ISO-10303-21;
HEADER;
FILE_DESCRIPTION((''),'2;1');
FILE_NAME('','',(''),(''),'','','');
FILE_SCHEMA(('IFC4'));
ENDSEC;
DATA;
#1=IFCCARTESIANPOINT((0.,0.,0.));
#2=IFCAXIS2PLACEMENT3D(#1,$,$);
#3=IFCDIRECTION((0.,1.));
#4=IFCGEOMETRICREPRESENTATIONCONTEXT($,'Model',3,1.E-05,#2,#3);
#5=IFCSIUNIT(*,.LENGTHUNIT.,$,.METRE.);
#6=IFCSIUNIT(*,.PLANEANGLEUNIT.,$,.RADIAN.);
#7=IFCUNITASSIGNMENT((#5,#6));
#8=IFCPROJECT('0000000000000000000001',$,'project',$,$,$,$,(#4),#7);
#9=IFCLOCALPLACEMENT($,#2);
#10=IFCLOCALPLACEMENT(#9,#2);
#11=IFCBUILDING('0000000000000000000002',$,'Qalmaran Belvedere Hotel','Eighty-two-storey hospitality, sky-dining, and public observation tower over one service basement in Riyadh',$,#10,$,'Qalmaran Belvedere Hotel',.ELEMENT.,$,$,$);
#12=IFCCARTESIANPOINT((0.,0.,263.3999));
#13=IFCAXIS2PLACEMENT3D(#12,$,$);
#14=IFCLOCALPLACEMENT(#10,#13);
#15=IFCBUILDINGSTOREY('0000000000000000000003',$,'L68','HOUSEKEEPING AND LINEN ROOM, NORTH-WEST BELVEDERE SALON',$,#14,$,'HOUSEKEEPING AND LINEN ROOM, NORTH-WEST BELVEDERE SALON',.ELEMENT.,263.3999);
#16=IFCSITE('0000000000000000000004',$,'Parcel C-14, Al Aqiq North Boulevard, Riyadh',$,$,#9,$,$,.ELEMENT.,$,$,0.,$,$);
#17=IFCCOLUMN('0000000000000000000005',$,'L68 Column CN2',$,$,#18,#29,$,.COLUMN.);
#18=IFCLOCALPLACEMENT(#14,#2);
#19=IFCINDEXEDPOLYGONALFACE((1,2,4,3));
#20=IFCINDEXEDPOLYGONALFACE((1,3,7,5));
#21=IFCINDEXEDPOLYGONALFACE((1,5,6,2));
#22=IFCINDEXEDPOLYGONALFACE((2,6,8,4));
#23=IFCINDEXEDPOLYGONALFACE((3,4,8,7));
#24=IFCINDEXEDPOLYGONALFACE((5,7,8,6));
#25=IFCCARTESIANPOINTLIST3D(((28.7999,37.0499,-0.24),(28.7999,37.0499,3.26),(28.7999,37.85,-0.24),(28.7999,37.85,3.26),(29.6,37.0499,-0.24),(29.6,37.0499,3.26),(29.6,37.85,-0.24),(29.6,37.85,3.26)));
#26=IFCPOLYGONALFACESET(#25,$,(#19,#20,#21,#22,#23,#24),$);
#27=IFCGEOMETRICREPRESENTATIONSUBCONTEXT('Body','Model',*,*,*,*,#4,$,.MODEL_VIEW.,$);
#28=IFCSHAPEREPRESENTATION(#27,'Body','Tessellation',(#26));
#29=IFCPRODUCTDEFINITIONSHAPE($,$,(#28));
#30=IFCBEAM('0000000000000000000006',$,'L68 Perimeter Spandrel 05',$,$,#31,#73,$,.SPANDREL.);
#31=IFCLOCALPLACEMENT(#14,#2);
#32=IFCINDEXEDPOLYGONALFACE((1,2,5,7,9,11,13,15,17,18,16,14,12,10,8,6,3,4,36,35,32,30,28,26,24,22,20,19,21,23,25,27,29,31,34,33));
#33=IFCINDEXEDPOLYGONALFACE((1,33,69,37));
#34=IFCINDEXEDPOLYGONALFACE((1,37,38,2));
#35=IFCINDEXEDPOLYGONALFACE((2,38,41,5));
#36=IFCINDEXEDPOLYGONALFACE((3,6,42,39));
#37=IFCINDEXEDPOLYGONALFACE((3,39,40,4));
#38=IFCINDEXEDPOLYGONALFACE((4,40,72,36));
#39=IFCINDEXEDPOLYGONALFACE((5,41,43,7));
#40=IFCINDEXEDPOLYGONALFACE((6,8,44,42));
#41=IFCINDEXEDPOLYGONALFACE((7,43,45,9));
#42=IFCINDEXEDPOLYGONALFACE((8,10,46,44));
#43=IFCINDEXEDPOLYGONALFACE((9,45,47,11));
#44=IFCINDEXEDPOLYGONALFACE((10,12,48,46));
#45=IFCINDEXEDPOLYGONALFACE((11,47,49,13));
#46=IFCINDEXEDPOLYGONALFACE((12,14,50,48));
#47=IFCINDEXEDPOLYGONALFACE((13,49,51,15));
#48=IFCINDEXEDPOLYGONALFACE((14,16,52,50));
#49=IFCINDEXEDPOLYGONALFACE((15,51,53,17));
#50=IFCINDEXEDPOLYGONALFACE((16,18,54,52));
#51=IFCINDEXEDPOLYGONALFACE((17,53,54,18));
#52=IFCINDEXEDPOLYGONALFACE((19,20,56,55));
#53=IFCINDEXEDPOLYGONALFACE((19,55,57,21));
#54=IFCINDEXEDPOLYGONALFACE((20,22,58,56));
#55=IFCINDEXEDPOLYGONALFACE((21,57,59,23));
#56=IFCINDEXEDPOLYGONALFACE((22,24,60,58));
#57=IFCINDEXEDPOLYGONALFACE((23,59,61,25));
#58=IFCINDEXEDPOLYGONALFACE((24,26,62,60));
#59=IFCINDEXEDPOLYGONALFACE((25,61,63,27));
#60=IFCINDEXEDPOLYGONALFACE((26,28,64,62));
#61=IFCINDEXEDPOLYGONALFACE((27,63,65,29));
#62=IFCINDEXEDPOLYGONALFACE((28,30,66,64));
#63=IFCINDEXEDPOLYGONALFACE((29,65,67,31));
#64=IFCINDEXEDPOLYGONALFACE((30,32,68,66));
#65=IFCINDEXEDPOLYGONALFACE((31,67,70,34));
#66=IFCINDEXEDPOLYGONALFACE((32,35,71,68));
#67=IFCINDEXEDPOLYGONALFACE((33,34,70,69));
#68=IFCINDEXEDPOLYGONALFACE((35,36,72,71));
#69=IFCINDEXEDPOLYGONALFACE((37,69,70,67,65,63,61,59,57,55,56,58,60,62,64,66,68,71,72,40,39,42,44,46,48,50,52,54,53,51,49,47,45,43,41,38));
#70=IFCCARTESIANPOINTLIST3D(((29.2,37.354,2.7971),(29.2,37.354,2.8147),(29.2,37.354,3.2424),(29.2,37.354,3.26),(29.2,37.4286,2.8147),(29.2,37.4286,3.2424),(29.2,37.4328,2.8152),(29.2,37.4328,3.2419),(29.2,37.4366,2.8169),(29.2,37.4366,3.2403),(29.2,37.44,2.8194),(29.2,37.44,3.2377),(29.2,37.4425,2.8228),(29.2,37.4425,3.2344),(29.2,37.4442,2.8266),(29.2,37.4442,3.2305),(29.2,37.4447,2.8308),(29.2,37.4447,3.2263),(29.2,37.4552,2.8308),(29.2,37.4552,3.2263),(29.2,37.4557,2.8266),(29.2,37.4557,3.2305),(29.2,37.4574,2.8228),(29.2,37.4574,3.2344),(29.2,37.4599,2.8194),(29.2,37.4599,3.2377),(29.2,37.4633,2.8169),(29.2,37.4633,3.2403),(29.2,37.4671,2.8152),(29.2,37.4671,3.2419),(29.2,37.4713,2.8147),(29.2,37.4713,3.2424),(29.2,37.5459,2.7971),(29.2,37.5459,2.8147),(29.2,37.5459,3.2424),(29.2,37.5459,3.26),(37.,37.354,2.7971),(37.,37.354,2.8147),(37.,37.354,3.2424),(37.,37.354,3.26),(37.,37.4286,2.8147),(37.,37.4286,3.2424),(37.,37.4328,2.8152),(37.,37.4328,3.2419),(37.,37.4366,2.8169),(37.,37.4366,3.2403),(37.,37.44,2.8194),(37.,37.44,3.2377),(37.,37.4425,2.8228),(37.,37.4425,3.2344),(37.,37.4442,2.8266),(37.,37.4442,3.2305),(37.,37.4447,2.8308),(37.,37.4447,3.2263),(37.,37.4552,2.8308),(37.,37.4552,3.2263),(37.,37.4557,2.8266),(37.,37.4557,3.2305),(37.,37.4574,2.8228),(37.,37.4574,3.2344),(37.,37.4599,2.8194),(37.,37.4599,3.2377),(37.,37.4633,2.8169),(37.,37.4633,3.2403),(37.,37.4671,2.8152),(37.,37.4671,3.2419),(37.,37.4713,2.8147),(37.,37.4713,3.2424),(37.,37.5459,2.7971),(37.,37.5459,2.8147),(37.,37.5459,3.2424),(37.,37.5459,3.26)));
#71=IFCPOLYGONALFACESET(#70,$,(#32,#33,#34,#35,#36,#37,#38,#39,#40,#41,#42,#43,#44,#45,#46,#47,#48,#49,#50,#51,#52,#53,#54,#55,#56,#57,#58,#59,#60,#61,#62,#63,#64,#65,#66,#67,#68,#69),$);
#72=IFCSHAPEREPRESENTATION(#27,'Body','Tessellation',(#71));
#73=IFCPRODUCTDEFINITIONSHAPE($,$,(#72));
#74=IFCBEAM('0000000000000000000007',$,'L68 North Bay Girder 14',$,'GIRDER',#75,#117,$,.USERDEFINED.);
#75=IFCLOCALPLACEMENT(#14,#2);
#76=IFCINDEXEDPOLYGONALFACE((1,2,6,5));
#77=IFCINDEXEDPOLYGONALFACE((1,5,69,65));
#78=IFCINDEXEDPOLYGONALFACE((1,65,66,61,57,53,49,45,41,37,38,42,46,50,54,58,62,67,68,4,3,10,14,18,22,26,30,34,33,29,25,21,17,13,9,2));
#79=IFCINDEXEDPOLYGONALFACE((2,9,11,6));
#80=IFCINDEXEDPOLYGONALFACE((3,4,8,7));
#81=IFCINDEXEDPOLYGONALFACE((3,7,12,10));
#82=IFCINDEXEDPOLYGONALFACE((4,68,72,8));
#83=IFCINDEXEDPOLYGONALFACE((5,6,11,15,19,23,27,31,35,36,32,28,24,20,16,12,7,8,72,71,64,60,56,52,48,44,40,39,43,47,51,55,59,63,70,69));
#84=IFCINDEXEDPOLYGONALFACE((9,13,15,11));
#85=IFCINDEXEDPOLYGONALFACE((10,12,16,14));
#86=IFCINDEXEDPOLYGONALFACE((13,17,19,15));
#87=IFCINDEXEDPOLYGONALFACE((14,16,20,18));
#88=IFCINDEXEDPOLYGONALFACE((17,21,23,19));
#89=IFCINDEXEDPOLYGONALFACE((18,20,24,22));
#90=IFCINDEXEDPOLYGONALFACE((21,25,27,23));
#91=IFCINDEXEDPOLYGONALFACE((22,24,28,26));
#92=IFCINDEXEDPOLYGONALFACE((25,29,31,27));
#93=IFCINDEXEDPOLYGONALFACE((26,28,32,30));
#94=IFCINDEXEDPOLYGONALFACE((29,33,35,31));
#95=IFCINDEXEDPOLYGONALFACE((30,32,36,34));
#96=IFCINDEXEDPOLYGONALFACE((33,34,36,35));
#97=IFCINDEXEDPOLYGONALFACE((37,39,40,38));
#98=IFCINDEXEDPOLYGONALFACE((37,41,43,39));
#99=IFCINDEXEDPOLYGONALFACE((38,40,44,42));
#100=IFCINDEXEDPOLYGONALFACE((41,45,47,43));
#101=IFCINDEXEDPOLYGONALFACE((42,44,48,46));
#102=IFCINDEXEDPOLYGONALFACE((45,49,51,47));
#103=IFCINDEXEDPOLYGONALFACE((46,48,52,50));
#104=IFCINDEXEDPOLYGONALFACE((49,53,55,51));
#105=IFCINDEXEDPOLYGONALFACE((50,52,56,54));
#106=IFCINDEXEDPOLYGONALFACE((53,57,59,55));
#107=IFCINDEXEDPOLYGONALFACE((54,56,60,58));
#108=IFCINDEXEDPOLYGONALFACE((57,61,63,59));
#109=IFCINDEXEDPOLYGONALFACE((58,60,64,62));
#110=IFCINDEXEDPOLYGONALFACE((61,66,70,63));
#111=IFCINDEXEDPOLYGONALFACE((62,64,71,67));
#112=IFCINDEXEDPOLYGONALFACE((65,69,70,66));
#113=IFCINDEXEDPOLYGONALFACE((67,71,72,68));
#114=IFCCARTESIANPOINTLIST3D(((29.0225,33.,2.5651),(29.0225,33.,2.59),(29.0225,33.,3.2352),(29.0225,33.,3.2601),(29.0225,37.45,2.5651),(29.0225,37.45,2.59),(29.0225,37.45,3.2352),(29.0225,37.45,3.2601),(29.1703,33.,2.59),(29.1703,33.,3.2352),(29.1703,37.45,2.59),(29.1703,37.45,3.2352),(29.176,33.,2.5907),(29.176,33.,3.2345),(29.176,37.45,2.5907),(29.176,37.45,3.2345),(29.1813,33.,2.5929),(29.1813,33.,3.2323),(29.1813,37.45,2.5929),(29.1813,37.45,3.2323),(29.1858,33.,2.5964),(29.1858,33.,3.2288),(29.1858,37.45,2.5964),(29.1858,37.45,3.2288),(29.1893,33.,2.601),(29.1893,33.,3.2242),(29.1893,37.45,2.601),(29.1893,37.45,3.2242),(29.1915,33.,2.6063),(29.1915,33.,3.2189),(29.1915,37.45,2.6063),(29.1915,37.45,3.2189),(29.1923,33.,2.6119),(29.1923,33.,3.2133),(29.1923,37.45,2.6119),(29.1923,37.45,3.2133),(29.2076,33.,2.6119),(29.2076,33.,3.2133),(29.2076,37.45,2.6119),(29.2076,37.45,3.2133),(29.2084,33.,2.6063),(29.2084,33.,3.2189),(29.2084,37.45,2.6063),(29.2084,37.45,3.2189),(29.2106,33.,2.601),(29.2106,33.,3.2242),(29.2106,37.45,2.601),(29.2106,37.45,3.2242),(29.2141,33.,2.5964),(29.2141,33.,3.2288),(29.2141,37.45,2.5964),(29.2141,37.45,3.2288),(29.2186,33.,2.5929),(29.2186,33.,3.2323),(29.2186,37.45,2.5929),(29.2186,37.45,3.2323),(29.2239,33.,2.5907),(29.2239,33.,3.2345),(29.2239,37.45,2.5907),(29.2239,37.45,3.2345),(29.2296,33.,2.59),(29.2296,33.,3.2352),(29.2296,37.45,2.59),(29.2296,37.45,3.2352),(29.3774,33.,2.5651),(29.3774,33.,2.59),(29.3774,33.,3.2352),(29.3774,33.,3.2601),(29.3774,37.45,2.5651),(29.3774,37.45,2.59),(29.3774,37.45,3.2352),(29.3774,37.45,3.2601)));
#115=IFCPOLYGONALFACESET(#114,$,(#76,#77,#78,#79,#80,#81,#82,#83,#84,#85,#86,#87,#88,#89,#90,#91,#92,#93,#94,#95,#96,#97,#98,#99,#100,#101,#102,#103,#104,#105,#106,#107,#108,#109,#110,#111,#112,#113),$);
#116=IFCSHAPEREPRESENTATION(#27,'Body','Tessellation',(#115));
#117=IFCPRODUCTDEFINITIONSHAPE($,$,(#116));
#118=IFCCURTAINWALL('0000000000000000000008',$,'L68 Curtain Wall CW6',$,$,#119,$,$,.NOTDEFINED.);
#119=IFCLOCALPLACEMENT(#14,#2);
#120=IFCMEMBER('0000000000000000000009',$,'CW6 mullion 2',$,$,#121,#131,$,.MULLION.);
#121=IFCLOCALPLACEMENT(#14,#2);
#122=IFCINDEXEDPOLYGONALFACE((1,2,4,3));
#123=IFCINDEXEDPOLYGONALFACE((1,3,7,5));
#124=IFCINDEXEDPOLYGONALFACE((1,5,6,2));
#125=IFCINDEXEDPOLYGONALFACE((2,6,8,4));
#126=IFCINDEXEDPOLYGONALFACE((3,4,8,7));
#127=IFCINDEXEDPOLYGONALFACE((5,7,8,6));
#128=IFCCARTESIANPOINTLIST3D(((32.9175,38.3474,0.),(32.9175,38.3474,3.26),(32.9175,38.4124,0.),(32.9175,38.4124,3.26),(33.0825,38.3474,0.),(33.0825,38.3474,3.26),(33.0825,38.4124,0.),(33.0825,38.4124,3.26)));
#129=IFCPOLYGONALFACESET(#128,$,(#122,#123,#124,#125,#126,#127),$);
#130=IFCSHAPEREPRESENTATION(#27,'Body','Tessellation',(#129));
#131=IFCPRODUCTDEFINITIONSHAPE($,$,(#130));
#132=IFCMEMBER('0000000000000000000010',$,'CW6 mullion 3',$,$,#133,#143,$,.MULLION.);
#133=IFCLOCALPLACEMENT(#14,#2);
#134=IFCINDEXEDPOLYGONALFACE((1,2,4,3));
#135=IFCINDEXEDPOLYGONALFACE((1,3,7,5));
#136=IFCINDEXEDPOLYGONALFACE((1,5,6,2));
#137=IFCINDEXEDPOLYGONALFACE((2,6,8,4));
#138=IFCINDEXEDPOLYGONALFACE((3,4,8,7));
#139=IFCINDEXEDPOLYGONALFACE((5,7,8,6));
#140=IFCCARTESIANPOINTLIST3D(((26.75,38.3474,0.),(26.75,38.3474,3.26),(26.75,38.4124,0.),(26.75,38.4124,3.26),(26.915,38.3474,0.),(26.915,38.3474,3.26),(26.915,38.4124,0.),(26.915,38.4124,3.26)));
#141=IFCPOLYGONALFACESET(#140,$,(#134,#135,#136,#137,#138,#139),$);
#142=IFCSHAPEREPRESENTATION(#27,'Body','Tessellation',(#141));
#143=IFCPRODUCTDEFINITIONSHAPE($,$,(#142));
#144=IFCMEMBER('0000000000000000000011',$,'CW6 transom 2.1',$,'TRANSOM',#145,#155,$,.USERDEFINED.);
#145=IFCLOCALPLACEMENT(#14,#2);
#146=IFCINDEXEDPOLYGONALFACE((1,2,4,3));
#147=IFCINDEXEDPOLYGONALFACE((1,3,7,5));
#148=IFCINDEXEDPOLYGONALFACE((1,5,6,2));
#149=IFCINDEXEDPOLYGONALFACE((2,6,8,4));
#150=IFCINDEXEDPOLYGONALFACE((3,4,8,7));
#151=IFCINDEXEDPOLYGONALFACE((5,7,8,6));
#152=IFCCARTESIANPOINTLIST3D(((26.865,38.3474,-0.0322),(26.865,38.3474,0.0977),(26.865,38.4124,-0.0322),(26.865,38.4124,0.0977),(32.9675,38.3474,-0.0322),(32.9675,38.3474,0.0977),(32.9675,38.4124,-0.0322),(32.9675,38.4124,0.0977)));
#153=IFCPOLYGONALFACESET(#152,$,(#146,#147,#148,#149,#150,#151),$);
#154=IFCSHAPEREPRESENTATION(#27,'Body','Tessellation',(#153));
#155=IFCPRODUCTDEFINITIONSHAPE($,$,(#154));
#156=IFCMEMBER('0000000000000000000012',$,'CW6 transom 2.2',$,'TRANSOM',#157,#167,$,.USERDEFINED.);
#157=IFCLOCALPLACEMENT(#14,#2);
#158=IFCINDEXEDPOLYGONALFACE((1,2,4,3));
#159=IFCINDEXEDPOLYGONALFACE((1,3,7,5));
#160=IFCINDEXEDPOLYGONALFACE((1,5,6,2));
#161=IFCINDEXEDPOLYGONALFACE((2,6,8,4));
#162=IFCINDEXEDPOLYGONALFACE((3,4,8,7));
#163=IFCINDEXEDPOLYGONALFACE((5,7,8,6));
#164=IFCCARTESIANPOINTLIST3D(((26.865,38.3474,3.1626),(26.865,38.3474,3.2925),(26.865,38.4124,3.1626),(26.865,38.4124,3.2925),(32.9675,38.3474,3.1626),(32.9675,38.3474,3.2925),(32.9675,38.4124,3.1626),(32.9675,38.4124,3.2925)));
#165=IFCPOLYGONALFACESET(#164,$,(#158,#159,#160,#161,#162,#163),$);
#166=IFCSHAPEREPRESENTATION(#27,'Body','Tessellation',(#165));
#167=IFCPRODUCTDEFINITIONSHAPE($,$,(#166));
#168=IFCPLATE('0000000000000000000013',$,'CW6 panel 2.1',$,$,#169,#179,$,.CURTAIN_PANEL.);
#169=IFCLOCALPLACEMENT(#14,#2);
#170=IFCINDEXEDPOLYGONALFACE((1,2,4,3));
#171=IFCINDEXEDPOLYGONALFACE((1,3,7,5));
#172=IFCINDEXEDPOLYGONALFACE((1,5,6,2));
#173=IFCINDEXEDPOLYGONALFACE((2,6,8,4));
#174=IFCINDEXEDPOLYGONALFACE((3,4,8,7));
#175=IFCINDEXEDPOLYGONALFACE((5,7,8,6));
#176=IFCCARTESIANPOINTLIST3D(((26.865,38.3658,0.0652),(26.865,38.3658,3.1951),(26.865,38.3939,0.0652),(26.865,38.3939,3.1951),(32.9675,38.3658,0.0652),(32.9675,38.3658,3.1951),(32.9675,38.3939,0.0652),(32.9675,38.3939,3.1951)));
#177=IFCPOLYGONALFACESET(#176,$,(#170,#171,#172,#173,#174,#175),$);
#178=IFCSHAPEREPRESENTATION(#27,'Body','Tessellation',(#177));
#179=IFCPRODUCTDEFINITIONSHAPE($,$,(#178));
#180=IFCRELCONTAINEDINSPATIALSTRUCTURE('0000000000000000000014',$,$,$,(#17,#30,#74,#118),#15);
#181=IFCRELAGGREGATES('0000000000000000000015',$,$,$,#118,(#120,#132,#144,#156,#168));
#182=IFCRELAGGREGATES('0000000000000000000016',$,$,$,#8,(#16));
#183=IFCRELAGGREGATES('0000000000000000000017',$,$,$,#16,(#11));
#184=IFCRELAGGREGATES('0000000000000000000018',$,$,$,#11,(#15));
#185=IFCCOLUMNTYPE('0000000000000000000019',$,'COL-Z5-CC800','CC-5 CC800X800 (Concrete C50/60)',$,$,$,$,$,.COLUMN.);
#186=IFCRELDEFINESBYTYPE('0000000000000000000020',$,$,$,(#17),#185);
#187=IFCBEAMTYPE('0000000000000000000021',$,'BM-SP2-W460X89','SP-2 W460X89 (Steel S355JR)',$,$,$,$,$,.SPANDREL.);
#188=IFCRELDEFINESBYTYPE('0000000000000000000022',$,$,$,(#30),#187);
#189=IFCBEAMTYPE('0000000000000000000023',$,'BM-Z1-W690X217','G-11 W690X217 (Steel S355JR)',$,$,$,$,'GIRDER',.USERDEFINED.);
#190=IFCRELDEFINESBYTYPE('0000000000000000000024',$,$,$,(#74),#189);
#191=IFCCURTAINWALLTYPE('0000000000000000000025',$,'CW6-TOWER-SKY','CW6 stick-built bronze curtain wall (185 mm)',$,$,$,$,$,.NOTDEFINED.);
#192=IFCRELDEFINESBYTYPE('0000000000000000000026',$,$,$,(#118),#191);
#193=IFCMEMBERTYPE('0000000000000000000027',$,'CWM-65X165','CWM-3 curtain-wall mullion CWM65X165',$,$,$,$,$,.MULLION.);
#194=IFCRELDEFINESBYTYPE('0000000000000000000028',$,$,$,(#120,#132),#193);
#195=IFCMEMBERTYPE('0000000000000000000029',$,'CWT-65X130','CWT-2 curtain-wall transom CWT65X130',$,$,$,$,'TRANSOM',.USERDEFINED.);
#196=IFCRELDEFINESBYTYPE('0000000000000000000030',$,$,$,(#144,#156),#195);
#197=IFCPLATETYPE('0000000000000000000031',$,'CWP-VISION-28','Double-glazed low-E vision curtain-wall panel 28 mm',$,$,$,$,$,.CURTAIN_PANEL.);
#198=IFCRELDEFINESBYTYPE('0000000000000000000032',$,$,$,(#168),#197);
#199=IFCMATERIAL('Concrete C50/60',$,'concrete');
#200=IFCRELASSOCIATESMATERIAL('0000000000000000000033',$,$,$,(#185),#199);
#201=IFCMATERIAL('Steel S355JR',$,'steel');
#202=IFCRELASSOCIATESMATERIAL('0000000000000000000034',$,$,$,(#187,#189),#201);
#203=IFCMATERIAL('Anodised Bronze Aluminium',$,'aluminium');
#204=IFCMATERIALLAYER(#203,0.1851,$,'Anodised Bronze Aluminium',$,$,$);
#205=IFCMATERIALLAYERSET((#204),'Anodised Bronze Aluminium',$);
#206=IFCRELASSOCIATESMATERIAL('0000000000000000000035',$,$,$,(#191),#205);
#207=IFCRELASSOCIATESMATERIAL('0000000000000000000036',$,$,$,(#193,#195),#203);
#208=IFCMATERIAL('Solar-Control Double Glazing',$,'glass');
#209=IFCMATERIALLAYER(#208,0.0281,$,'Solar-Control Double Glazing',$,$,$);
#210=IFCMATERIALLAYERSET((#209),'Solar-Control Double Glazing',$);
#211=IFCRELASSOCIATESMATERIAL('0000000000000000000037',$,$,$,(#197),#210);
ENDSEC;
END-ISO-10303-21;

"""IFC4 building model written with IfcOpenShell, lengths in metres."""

from ifc_helpers import new_model, si_unit, direction, frame, origin, origin_2d, place, context, subcontext, project, spatial, rectangle, i_section, extrude, material, layer, layer_set, material_profile, profile_set, type_object, element, aggregate, save


model = new_model("IFC4")

# Units and contexts
model_context = context("Model", 3, precision=1e-05, world=origin(), true_north=direction((0.0, 1.0)))
body_context = subcontext(model_context, "Body", "Model", "MODEL_VIEW")
ifc_project = project(units=[si_unit("LENGTHUNIT", "METRE"), si_unit("PLANEANGLEUNIT", "RADIAN")], contexts=[model_context])

# Site, building, storey
site_placement = place(None, origin())
site = spatial("IfcSite", under=ifc_project, at=site_placement, Name="Parcel C-14, Al Aqiq North Boulevard, Riyadh", CompositionType="ELEMENT", RefElevation=0.0)
building_placement = place(site_placement, origin())
building = spatial("IfcBuilding", under=site, at=building_placement, Name="Qalmaran Belvedere Hotel", Description="Eighty-two-storey hospitality, sky-dining, and public observation tower over one service basement in Riyadh", LongName="Qalmaran Belvedere Hotel", CompositionType="ELEMENT")
storey_placement = place(building_placement, frame((0.0, 0.0, 263.3999)))
storey = spatial("IfcBuildingStorey", under=building, at=storey_placement, Name="L68", Description="HOUSEKEEPING AND LINEN ROOM, NORTH-WEST BELVEDERE SALON", LongName="HOUSEKEEPING AND LINEN ROOM, NORTH-WEST BELVEDERE SALON", CompositionType="ELEMENT", Elevation=263.3999)

# Column
ifc_material_1 = material(Name="Concrete C50/60", Category="concrete")
ifc_material_profile_1 = material_profile(ifc_material_1, rectangle(XDim=0.8, YDim=0.8, at=origin_2d()), Name="CC800X800")
ifc_profile_set_1 = profile_set([ifc_material_profile_1], Name="Concrete C50/60")
column_type = type_object("IfcColumnType", Name="COL-Z5-CC800", Description="CC-5 CC800X800 (Concrete C50/60)", PredefinedType="COLUMN", material=ifc_profile_set_1)
column_placement = place(storey_placement, frame((29.2, 37.45, -0.24), z_axis=(0.0, 0.0, 1.0), x_axis=(1.0, 0.0, 0.0)))
element("IfcColumn", 1, at=column_placement, inside=storey, type_object=column_type, Name="L68 Column CN2", PredefinedType="COLUMN", context=body_context, shape_type="SweptSolid", body=[
    extrude(rectangle(XDim=0.8, YDim=0.8, at=origin_2d()), origin(), (0.0, 0.0, 1.0), 3.5),
])

# Beams
ifc_material_2 = material(Name="Steel S355JR", Category="steel")
ifc_material_profile_2 = material_profile(ifc_material_2, i_section(OverallWidth=0.1919, OverallDepth=0.4629, WebThickness=0.0105, FlangeThickness=0.0176, FilletRadius=0.0161, at=origin_2d()), Name="W460X89")
ifc_profile_set_2 = profile_set([ifc_material_profile_2], Name="Steel S355JR")
beam_type_1 = type_object("IfcBeamType", Name="BM-SP2-W460X89", Description="SP-2 W460X89 (Steel S355JR)", PredefinedType="SPANDREL", material=ifc_profile_set_2)
beam_1_placement = place(storey_placement, frame((29.2, 37.45, 3.0286), z_axis=(1.0, 0.0, 0.0), x_axis=(0.0, 1.0, 0.0)))
element("IfcBeam", 2, at=beam_1_placement, inside=storey, type_object=beam_type_1, Name="L68 Perimeter Spandrel 05", PredefinedType="SPANDREL", context=body_context, shape_type="SweptSolid", body=[
    extrude(i_section(OverallWidth=0.1919, OverallDepth=0.4629, WebThickness=0.0105, FlangeThickness=0.0176, FilletRadius=0.0161, at=origin_2d()), origin(), (0.0, 0.0, 1.0), 7.8),
])
ifc_material_profile_3 = material_profile(ifc_material_2, i_section(OverallWidth=0.355, OverallDepth=0.6951, WebThickness=0.0154, FlangeThickness=0.0249, FilletRadius=0.022, at=origin_2d()), Name="W690X217")
ifc_profile_set_3 = profile_set([ifc_material_profile_3], Name="Steel S355JR")
beam_type_2 = type_object("IfcBeamType", Name="BM-Z1-W690X217", Description="G-11 W690X217 (Steel S355JR)", ElementType="GIRDER", PredefinedType="USERDEFINED", material=ifc_profile_set_3)
beam_2_placement = place(storey_placement, frame((29.2, 33.0, 2.9126), z_axis=(0.0, 1.0, 0.0), x_axis=(-1.0, 0.0, 0.0)))
element("IfcBeam", 3, at=beam_2_placement, inside=storey, type_object=beam_type_2, Name="L68 North Bay Girder 14", ObjectType="GIRDER", PredefinedType="USERDEFINED", context=body_context, shape_type="SweptSolid", body=[
    extrude(i_section(OverallWidth=0.355, OverallDepth=0.6951, WebThickness=0.0154, FlangeThickness=0.0249, FilletRadius=0.022, at=origin_2d()), origin(), (0.0, 0.0, 1.0), 4.45),
])

# Curtain wall, members, plate
ifc_material_3 = material(Name="Anodised Bronze Aluminium", Category="aluminium")
ifc_layer_1 = layer(ifc_material_3, 0.1851, Name="Anodised Bronze Aluminium")
ifc_layer_set_1 = layer_set([ifc_layer_1], Name="Anodised Bronze Aluminium")
curtain_wall_type = type_object("IfcCurtainWallType", Name="CW6-TOWER-SKY", Description="CW6 stick-built bronze curtain wall (185 mm)", PredefinedType="NOTDEFINED", material=ifc_layer_set_1)
curtain_wall_placement = place(storey_placement, origin())
curtain_wall = element("IfcCurtainWall", 4, at=curtain_wall_placement, inside=storey, type_object=curtain_wall_type, Name="L68 Curtain Wall CW6", PredefinedType="NOTDEFINED")
ifc_material_profile_4 = material_profile(ifc_material_3, rectangle(XDim=0.0649, YDim=0.165, at=origin_2d()), Name="CWM65X165")
ifc_profile_set_4 = profile_set([ifc_material_profile_4], Name="Anodised Bronze Aluminium")
member_type_1 = type_object("IfcMemberType", Name="CWM-65X165", Description="CWM-3 curtain-wall mullion CWM65X165", PredefinedType="MULLION", material=ifc_profile_set_4)
member_1_placement = place(storey_placement, frame((33.0, 38.3799, 0.0), z_axis=(0.0, 0.0, 1.0), x_axis=(0.0, -1.0, 0.0)))
member_1 = element("IfcMember", 5, at=member_1_placement, type_object=member_type_1, Name="CW6 mullion 2", PredefinedType="MULLION", context=body_context, shape_type="SweptSolid", body=[
    extrude(rectangle(XDim=0.0649, YDim=0.165, at=origin_2d()), origin(), (0.0, 0.0, 1.0), 3.26),
])
member_2_placement = place(storey_placement, frame((26.8325, 38.3799, 0.0), z_axis=(0.0, 0.0, 1.0), x_axis=(0.0, -1.0, 0.0)))
member_2 = element("IfcMember", 6, at=member_2_placement, type_object=member_type_1, Name="CW6 mullion 3", PredefinedType="MULLION", context=body_context, shape_type="SweptSolid", body=[
    extrude(rectangle(XDim=0.0649, YDim=0.165, at=origin_2d()), origin(), (0.0, 0.0, 1.0), 3.26),
])
ifc_material_profile_5 = material_profile(ifc_material_3, rectangle(XDim=0.0649, YDim=0.1299, at=origin_2d()), Name="CWT65X130")
ifc_profile_set_5 = profile_set([ifc_material_profile_5], Name="Anodised Bronze Aluminium")
member_type_2 = type_object("IfcMemberType", Name="CWT-65X130", Description="CWT-2 curtain-wall transom CWT65X130", ElementType="TRANSOM", PredefinedType="USERDEFINED", material=ifc_profile_set_5)
member_3_placement = place(storey_placement, frame((32.9675, 38.3799, 0.0327), z_axis=(-1.0, 0.0, 0.0), x_axis=(0.0, -1.0, 0.0)))
member_3 = element("IfcMember", 7, at=member_3_placement, type_object=member_type_2, Name="CW6 transom 2.1", ObjectType="TRANSOM", PredefinedType="USERDEFINED", context=body_context, shape_type="SweptSolid", body=[
    extrude(rectangle(XDim=0.0649, YDim=0.1299, at=origin_2d()), origin(), (0.0, 0.0, 1.0), 6.1025),
])
member_4_placement = place(storey_placement, frame((32.9675, 38.3799, 3.2275), z_axis=(-1.0, 0.0, 0.0), x_axis=(0.0, -1.0, 0.0)))
member_4 = element("IfcMember", 8, at=member_4_placement, type_object=member_type_2, Name="CW6 transom 2.2", ObjectType="TRANSOM", PredefinedType="USERDEFINED", context=body_context, shape_type="SweptSolid", body=[
    extrude(rectangle(XDim=0.0649, YDim=0.1299, at=origin_2d()), origin(), (0.0, 0.0, 1.0), 6.1025),
])
ifc_material_4 = material(Name="Solar-Control Double Glazing", Category="glass")
ifc_layer_2 = layer(ifc_material_4, 0.0281, Name="Solar-Control Double Glazing")
ifc_layer_set_2 = layer_set([ifc_layer_2], Name="Solar-Control Double Glazing")
plate_type = type_object("IfcPlateType", Name="CWP-VISION-28", Description="Double-glazed low-E vision curtain-wall panel 28 mm", PredefinedType="CURTAIN_PANEL", material=ifc_layer_set_2)
plate_placement = place(storey_placement, frame((29.9163, 38.3799, 0.0652), z_axis=(0.0, 0.0, 1.0), x_axis=(-1.0, 0.0, 0.0)))
plate = element("IfcPlate", 9, at=plate_placement, type_object=plate_type, Name="CW6 panel 2.1", PredefinedType="CURTAIN_PANEL", context=body_context, shape_type="SweptSolid", body=[
    extrude(rectangle(XDim=6.1025, YDim=0.0281, at=origin_2d()), origin(), (0.0, 0.0, 1.0), 3.1299),
])
aggregate(curtain_wall, [member_1, member_2, member_3, member_4, plate])

save(model, "model.ifc")
